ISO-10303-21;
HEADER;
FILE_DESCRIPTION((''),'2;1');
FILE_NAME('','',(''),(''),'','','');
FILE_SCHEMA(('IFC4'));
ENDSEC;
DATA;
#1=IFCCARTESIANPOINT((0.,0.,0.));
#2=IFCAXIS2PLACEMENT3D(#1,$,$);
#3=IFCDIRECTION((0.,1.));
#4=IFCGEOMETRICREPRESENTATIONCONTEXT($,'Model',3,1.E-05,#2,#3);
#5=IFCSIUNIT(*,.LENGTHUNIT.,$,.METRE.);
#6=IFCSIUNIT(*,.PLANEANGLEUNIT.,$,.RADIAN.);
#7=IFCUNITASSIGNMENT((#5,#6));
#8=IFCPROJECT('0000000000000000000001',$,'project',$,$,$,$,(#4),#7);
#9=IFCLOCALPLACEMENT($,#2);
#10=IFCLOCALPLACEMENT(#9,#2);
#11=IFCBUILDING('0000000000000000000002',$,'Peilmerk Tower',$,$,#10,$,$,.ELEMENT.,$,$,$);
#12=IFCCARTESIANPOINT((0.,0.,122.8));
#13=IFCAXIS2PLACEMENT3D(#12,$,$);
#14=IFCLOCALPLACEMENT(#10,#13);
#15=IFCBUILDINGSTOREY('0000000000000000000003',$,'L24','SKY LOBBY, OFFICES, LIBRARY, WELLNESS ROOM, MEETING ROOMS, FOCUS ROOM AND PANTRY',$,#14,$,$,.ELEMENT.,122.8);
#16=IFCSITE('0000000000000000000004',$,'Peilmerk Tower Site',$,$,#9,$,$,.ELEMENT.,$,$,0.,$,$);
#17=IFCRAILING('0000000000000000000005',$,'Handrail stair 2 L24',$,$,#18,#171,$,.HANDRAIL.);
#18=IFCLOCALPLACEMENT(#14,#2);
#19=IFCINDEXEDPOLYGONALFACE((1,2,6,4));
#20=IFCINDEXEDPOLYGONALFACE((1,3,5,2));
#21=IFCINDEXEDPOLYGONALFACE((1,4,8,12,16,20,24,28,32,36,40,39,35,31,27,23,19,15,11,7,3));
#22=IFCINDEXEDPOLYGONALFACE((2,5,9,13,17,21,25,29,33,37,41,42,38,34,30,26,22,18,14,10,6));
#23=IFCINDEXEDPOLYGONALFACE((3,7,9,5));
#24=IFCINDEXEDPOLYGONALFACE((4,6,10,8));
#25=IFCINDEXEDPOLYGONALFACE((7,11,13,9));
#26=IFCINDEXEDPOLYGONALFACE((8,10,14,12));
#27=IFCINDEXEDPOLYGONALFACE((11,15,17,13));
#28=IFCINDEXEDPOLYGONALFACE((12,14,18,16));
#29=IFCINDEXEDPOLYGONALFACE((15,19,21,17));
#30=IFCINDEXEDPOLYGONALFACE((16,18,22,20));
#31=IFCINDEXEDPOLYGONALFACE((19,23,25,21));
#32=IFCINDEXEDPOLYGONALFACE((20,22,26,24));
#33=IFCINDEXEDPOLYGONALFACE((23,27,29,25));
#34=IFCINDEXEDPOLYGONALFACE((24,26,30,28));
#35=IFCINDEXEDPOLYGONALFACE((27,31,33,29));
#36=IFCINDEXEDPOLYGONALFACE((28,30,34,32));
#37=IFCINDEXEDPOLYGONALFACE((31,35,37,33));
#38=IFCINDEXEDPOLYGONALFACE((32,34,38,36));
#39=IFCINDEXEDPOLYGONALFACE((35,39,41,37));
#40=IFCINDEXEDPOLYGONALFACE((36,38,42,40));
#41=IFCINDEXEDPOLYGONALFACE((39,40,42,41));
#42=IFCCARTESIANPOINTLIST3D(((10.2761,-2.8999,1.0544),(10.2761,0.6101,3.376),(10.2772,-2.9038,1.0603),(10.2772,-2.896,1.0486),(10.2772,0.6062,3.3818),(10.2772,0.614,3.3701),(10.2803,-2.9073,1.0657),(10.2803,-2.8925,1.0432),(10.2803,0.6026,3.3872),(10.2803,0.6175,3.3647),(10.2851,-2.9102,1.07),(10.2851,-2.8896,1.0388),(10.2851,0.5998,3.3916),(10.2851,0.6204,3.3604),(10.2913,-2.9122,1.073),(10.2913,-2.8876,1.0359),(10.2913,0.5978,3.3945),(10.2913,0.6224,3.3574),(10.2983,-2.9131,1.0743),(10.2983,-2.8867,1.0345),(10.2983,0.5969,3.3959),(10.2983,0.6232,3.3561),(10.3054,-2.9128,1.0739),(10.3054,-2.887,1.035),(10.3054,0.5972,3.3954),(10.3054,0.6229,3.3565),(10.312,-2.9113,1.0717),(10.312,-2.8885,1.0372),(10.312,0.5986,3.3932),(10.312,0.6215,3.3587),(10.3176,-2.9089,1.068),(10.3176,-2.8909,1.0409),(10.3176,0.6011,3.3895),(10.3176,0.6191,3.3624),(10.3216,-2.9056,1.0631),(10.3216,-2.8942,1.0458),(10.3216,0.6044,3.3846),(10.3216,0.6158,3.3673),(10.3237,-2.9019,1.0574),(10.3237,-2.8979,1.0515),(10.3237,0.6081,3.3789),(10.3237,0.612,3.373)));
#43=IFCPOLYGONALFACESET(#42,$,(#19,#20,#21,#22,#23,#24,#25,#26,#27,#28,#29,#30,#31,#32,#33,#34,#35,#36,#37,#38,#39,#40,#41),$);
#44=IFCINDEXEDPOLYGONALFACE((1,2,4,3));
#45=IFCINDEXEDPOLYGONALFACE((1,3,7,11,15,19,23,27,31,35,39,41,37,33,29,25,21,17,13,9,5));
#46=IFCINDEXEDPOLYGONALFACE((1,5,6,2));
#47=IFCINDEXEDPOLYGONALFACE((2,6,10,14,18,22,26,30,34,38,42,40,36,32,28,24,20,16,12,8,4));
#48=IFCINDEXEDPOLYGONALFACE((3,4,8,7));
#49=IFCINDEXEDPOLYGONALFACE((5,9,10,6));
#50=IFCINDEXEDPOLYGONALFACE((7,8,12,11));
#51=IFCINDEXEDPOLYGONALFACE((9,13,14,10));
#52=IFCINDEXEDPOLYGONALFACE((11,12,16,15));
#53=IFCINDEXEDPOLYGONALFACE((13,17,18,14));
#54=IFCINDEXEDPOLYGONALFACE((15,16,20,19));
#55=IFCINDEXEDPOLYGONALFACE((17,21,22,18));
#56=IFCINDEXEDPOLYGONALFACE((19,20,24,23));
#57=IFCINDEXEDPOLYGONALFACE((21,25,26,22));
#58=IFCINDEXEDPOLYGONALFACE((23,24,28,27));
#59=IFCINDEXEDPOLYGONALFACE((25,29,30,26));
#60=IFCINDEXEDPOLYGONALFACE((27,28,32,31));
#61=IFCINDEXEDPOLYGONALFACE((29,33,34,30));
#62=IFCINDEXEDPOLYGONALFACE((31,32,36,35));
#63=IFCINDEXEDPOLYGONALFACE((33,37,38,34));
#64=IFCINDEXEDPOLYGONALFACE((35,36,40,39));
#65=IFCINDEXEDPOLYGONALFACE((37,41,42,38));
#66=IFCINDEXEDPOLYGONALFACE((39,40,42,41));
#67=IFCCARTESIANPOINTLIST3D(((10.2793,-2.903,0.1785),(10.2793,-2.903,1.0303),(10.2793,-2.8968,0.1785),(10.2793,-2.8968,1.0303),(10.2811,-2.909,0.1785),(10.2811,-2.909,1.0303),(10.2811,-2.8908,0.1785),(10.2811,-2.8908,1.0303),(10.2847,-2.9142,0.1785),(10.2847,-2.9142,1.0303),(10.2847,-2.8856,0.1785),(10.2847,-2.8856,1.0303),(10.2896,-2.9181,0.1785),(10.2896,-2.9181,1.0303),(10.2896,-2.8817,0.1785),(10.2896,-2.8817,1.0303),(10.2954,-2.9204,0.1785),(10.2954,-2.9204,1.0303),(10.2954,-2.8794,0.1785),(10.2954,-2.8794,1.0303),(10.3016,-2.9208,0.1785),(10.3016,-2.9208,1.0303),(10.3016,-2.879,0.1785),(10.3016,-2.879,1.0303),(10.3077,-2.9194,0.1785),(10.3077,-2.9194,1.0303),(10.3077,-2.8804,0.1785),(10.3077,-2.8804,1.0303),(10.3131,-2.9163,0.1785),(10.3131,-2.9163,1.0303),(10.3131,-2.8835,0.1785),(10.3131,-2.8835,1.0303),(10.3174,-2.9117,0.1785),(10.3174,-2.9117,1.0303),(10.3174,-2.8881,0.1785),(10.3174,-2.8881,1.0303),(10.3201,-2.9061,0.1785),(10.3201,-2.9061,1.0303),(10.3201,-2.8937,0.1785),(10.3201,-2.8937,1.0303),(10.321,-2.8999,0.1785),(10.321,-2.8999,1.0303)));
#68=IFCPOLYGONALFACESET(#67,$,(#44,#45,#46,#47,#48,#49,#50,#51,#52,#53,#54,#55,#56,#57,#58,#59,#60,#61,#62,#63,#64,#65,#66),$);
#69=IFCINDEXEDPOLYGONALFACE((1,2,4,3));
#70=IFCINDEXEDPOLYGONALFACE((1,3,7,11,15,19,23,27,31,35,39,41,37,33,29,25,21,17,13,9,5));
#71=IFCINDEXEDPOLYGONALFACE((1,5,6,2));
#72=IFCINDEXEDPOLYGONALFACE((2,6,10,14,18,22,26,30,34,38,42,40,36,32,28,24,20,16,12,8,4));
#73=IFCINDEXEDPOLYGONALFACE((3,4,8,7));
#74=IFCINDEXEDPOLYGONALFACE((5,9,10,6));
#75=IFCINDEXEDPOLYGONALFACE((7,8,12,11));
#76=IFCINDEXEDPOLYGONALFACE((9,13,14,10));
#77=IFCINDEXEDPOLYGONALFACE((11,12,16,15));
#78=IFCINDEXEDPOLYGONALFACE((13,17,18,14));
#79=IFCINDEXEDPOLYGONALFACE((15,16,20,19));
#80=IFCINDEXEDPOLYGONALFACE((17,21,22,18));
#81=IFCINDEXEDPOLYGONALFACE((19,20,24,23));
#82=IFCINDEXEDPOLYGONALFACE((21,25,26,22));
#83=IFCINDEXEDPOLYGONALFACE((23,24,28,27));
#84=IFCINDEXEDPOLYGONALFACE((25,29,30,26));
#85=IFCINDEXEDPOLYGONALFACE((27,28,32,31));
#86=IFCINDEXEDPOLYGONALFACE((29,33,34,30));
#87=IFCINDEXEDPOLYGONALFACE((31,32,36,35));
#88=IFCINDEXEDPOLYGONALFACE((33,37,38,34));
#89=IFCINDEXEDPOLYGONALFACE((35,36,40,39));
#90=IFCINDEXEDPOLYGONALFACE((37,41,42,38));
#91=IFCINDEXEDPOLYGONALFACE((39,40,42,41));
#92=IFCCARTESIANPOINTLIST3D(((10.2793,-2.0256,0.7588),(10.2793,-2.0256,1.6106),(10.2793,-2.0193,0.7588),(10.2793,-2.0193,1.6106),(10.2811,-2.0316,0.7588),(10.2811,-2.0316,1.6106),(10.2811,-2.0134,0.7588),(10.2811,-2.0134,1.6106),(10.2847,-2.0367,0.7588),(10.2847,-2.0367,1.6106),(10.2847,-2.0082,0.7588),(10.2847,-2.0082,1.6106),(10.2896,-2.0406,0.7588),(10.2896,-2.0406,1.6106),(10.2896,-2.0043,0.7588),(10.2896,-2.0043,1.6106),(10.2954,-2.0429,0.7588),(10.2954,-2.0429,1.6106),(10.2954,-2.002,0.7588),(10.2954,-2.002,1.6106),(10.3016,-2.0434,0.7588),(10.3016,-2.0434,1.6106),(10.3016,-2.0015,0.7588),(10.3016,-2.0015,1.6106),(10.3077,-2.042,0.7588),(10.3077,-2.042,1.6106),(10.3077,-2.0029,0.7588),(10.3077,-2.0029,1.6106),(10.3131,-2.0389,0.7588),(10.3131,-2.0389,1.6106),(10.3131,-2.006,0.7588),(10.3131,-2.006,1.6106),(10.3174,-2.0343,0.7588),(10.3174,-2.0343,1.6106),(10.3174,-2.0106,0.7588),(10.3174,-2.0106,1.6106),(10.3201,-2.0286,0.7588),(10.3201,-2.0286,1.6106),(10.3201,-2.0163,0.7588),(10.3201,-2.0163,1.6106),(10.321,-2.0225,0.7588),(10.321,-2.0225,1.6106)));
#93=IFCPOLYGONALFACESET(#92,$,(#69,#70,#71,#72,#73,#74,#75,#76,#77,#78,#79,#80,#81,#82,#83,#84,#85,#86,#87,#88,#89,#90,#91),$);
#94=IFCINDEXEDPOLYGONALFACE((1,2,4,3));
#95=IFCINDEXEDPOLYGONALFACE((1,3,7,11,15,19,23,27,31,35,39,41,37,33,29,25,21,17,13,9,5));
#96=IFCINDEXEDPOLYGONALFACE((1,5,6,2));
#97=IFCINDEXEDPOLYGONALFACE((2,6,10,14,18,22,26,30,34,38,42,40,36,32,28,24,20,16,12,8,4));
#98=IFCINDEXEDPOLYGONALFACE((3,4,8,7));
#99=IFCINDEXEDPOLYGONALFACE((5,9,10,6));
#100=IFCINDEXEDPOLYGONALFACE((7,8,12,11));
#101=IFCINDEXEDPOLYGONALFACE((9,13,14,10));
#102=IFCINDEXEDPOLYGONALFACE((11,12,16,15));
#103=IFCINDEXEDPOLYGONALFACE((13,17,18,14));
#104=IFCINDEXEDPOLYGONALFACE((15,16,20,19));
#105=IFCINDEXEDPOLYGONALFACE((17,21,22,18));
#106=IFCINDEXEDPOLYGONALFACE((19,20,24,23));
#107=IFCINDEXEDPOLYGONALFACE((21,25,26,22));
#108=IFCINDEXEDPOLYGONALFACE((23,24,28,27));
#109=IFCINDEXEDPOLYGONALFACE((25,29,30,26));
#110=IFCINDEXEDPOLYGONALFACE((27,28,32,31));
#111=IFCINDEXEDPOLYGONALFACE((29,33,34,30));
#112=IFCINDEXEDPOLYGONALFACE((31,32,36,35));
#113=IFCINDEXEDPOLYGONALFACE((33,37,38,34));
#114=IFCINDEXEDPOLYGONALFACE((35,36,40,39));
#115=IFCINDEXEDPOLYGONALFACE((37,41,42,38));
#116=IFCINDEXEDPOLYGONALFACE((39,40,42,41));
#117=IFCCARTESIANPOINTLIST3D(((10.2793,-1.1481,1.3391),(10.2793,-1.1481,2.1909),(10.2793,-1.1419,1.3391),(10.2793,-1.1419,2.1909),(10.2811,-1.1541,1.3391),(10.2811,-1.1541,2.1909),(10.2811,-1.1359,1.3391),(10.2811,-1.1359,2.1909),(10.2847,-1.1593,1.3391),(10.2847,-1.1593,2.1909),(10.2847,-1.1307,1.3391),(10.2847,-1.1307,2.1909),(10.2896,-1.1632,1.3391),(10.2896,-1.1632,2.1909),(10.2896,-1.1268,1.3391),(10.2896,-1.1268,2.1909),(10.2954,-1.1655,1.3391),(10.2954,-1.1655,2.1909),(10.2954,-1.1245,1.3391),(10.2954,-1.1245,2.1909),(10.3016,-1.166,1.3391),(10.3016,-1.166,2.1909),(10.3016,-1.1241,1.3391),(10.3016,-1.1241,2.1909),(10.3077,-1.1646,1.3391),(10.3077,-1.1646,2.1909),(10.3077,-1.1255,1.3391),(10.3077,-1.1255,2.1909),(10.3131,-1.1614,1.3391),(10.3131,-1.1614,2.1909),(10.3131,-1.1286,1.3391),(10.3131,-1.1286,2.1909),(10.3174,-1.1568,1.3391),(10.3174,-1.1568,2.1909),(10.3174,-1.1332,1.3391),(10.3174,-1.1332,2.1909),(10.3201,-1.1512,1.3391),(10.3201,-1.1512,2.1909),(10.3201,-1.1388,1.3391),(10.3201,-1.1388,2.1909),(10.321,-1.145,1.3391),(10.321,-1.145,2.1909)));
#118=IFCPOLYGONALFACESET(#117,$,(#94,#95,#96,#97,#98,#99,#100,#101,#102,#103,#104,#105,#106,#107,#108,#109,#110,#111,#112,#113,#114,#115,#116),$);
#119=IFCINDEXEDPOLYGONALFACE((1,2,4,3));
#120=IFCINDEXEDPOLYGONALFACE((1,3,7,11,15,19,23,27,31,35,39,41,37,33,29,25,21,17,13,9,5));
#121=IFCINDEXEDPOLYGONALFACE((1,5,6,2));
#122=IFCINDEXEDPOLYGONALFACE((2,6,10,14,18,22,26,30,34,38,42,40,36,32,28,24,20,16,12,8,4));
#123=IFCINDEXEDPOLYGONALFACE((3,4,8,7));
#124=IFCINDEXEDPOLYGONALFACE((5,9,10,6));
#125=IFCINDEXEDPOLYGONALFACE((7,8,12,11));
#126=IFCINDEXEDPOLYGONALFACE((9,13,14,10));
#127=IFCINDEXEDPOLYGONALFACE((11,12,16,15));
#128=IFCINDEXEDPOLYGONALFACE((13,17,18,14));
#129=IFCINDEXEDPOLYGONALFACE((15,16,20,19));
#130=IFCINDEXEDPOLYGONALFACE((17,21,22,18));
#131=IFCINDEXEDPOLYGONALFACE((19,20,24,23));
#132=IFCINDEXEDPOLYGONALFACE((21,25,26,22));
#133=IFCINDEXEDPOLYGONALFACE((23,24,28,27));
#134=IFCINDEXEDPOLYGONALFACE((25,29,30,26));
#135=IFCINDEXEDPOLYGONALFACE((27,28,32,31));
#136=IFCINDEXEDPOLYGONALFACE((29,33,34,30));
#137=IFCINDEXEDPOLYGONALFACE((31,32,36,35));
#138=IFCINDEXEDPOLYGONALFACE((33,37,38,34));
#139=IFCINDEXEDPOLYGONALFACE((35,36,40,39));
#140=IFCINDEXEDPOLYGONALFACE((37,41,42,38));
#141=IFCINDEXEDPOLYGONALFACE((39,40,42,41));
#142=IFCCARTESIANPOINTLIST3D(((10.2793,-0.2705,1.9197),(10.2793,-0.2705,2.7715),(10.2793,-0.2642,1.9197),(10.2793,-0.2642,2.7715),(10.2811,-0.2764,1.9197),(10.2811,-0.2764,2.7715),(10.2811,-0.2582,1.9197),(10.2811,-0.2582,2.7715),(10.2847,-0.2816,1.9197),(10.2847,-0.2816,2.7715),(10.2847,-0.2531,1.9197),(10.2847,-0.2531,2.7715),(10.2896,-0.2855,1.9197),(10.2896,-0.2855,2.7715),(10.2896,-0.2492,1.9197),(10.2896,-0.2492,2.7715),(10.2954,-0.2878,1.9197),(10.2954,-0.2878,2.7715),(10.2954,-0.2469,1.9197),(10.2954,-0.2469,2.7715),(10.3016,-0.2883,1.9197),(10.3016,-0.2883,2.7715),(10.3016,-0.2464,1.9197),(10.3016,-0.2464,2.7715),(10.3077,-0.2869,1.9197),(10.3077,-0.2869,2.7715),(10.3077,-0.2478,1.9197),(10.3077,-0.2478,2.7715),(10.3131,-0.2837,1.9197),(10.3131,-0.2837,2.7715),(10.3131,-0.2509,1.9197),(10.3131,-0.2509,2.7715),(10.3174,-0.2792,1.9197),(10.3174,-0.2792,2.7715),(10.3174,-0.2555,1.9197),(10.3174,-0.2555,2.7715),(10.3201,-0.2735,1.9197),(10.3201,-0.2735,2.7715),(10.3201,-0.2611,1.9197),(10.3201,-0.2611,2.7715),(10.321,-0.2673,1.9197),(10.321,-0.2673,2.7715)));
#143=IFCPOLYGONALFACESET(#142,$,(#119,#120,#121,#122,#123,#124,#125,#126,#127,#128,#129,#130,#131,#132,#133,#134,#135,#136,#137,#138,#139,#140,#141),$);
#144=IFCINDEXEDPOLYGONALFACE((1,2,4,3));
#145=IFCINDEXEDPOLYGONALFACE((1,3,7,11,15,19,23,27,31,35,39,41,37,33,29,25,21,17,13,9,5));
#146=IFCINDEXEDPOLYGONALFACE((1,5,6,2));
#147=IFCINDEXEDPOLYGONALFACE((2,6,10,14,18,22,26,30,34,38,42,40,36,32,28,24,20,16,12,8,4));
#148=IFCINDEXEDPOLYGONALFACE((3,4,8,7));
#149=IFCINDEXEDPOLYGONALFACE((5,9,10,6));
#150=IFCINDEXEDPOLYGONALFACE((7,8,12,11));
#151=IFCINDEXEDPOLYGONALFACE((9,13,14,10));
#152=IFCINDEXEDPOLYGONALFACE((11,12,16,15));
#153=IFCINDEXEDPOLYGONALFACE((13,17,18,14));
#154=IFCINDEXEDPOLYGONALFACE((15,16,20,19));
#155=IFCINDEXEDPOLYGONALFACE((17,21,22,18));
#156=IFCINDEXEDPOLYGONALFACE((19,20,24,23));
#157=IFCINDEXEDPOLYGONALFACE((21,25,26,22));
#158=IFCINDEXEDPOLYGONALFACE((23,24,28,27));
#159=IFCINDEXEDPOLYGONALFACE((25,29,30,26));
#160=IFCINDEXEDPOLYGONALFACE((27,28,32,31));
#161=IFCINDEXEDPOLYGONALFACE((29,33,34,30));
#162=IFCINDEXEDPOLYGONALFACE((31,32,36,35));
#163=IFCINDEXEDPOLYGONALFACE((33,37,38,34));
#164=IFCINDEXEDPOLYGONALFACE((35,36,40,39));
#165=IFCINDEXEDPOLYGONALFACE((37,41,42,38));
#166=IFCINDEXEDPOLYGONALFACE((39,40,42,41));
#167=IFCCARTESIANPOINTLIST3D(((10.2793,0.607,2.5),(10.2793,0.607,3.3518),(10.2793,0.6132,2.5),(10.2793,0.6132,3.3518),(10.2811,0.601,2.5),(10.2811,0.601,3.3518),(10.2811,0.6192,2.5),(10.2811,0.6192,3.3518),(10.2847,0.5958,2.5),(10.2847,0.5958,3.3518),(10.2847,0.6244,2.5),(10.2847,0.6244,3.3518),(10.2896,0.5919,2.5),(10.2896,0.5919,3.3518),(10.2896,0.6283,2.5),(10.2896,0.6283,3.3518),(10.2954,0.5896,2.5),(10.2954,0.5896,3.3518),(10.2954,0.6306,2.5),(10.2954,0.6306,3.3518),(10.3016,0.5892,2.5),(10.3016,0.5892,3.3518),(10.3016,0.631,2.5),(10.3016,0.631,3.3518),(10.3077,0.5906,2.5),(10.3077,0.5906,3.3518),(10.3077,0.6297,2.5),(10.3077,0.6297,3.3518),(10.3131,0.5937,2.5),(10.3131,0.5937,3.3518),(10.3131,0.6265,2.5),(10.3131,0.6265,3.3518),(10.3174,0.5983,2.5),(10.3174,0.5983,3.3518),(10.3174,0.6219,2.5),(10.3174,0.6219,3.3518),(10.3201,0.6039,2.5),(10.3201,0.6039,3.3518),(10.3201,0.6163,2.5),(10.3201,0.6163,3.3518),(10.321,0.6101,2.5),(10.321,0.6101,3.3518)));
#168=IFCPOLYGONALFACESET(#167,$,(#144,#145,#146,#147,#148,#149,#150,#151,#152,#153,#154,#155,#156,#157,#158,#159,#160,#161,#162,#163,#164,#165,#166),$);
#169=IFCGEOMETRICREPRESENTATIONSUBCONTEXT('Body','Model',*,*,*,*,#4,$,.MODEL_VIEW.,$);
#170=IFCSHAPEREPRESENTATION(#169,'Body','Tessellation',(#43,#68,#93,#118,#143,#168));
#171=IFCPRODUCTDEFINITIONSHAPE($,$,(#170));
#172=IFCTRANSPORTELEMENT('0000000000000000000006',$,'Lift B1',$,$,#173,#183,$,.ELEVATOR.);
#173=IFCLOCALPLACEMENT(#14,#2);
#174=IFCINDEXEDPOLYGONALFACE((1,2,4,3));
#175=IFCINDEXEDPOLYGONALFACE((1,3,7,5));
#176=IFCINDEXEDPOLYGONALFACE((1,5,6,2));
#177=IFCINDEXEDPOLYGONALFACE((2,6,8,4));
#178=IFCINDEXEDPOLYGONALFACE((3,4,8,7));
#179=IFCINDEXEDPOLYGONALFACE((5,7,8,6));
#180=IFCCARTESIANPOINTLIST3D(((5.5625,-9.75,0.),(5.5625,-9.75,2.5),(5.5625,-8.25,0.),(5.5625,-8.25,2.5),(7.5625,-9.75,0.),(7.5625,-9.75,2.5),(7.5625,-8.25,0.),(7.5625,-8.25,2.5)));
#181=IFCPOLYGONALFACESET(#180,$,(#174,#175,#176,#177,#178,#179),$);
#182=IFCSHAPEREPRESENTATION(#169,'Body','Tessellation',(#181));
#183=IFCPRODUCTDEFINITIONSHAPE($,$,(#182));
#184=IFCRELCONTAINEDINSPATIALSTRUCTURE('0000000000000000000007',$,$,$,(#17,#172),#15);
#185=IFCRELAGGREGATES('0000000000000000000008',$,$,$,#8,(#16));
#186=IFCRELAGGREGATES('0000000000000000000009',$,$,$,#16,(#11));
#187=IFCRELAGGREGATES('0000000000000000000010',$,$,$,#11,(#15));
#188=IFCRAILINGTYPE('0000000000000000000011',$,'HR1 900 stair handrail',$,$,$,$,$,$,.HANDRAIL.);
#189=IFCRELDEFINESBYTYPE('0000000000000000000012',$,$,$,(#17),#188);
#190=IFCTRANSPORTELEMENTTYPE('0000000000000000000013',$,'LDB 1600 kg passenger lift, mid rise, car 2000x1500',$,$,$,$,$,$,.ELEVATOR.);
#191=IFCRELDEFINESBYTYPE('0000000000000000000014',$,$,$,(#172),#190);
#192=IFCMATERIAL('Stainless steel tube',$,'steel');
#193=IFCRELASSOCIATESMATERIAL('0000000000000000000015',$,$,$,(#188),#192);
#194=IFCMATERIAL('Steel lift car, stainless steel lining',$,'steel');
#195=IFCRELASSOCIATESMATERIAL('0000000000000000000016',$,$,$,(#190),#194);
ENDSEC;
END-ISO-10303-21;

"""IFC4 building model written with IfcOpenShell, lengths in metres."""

from ifc_helpers import new_model, si_unit, direction, frame, origin, origin_with_axes, origin_2d, place, context, subcontext, project, spatial, rectangle, circle, extrude, material, type_object, element, save


model = new_model("IFC4")

# Units and contexts
model_context = context("Model", 3, precision=1e-05, world=origin(), true_north=direction((0.0, 1.0)))
body_context = subcontext(model_context, "Body", "Model", "MODEL_VIEW")
ifc_project = project(units=[si_unit("LENGTHUNIT", "METRE"), si_unit("PLANEANGLEUNIT", "RADIAN")], contexts=[model_context])

# Site, building, storey
site_placement = place(None, origin())
site = spatial("IfcSite", under=ifc_project, at=site_placement, Name="Peilmerk Tower Site", CompositionType="ELEMENT", RefElevation=0.0)
building_placement = place(site_placement, origin())
building = spatial("IfcBuilding", under=site, at=building_placement, Name="Peilmerk Tower", CompositionType="ELEMENT")
storey_placement = place(building_placement, frame((0.0, 0.0, 122.8)))
storey = spatial("IfcBuildingStorey", under=building, at=storey_placement, Name="L24", Description="SKY LOBBY, OFFICES, LIBRARY, WELLNESS ROOM, MEETING ROOMS, FOCUS ROOM AND PANTRY", CompositionType="ELEMENT", Elevation=122.8)

# Railing
ifc_material_1 = material(Name="Stainless steel tube", Category="steel")
railing_type_1 = type_object("IfcRailingType", Name="HR1 900 stair handrail", PredefinedType="HANDRAIL", material=ifc_material_1)
railing_1_placement = place(storey_placement, frame((10.3, -2.8999, 0.1785)))
element("IfcRailing", 1, at=railing_1_placement, inside=storey, type_object=railing_type_1, Name="Handrail stair 2 L24", PredefinedType="HANDRAIL", context=body_context, shape_type="SweptSolid", body=[
    extrude(circle(Radius=0.0239, at=origin_2d()), frame((0.0, 0.0, 0.876), z_axis=(0.0, 0.834071, 0.551657), x_axis=(-1.0, 0.0, 0.0)), (0.0, 0.0, 1.0), 4.2083),
    extrude(circle(Radius=0.021, at=origin_2d()), origin(), (0.0, 0.0, 1.0), 0.8518),
    extrude(circle(Radius=0.021, at=origin_2d()), frame((0.0, 0.8774, 0.5803)), (0.0, 0.0, 1.0), 0.8518),
    extrude(circle(Radius=0.021, at=origin_2d()), frame((0.0, 1.7549, 1.1606)), (0.0, 0.0, 1.0), 0.8518),
    extrude(circle(Radius=0.021, at=origin_2d()), frame((0.0, 2.6326, 1.7412)), (0.0, 0.0, 1.0), 0.8518),
    extrude(circle(Radius=0.021, at=origin_2d()), frame((0.0, 3.51, 2.3215)), (0.0, 0.0, 1.0), 0.8518),
])

# Transport element
ifc_material_2 = material(Name="Steel lift car, stainless steel lining", Category="steel")
transport_element_type = type_object("IfcTransportElementType", Name="LDB 1600 kg passenger lift, mid rise, car 2000x1500", PredefinedType="ELEVATOR", material=ifc_material_2)
transport_element_placement = place(storey_placement, frame((6.5625, -9.0, 0.0), z_axis=(0.0, 0.0, 1.0), x_axis=(1.0, 0.0, 0.0)))
element("IfcTransportElement", 2, at=transport_element_placement, inside=storey, type_object=transport_element_type, Name="Lift B1", PredefinedType="ELEVATOR", context=body_context, shape_type="SweptSolid", body=[
    extrude(rectangle(XDim=2.0, YDim=1.5, at=origin_2d()), origin_with_axes(), (0.0, 0.0, 1.0), 2.5),
])

save(model, "model.ifc")
